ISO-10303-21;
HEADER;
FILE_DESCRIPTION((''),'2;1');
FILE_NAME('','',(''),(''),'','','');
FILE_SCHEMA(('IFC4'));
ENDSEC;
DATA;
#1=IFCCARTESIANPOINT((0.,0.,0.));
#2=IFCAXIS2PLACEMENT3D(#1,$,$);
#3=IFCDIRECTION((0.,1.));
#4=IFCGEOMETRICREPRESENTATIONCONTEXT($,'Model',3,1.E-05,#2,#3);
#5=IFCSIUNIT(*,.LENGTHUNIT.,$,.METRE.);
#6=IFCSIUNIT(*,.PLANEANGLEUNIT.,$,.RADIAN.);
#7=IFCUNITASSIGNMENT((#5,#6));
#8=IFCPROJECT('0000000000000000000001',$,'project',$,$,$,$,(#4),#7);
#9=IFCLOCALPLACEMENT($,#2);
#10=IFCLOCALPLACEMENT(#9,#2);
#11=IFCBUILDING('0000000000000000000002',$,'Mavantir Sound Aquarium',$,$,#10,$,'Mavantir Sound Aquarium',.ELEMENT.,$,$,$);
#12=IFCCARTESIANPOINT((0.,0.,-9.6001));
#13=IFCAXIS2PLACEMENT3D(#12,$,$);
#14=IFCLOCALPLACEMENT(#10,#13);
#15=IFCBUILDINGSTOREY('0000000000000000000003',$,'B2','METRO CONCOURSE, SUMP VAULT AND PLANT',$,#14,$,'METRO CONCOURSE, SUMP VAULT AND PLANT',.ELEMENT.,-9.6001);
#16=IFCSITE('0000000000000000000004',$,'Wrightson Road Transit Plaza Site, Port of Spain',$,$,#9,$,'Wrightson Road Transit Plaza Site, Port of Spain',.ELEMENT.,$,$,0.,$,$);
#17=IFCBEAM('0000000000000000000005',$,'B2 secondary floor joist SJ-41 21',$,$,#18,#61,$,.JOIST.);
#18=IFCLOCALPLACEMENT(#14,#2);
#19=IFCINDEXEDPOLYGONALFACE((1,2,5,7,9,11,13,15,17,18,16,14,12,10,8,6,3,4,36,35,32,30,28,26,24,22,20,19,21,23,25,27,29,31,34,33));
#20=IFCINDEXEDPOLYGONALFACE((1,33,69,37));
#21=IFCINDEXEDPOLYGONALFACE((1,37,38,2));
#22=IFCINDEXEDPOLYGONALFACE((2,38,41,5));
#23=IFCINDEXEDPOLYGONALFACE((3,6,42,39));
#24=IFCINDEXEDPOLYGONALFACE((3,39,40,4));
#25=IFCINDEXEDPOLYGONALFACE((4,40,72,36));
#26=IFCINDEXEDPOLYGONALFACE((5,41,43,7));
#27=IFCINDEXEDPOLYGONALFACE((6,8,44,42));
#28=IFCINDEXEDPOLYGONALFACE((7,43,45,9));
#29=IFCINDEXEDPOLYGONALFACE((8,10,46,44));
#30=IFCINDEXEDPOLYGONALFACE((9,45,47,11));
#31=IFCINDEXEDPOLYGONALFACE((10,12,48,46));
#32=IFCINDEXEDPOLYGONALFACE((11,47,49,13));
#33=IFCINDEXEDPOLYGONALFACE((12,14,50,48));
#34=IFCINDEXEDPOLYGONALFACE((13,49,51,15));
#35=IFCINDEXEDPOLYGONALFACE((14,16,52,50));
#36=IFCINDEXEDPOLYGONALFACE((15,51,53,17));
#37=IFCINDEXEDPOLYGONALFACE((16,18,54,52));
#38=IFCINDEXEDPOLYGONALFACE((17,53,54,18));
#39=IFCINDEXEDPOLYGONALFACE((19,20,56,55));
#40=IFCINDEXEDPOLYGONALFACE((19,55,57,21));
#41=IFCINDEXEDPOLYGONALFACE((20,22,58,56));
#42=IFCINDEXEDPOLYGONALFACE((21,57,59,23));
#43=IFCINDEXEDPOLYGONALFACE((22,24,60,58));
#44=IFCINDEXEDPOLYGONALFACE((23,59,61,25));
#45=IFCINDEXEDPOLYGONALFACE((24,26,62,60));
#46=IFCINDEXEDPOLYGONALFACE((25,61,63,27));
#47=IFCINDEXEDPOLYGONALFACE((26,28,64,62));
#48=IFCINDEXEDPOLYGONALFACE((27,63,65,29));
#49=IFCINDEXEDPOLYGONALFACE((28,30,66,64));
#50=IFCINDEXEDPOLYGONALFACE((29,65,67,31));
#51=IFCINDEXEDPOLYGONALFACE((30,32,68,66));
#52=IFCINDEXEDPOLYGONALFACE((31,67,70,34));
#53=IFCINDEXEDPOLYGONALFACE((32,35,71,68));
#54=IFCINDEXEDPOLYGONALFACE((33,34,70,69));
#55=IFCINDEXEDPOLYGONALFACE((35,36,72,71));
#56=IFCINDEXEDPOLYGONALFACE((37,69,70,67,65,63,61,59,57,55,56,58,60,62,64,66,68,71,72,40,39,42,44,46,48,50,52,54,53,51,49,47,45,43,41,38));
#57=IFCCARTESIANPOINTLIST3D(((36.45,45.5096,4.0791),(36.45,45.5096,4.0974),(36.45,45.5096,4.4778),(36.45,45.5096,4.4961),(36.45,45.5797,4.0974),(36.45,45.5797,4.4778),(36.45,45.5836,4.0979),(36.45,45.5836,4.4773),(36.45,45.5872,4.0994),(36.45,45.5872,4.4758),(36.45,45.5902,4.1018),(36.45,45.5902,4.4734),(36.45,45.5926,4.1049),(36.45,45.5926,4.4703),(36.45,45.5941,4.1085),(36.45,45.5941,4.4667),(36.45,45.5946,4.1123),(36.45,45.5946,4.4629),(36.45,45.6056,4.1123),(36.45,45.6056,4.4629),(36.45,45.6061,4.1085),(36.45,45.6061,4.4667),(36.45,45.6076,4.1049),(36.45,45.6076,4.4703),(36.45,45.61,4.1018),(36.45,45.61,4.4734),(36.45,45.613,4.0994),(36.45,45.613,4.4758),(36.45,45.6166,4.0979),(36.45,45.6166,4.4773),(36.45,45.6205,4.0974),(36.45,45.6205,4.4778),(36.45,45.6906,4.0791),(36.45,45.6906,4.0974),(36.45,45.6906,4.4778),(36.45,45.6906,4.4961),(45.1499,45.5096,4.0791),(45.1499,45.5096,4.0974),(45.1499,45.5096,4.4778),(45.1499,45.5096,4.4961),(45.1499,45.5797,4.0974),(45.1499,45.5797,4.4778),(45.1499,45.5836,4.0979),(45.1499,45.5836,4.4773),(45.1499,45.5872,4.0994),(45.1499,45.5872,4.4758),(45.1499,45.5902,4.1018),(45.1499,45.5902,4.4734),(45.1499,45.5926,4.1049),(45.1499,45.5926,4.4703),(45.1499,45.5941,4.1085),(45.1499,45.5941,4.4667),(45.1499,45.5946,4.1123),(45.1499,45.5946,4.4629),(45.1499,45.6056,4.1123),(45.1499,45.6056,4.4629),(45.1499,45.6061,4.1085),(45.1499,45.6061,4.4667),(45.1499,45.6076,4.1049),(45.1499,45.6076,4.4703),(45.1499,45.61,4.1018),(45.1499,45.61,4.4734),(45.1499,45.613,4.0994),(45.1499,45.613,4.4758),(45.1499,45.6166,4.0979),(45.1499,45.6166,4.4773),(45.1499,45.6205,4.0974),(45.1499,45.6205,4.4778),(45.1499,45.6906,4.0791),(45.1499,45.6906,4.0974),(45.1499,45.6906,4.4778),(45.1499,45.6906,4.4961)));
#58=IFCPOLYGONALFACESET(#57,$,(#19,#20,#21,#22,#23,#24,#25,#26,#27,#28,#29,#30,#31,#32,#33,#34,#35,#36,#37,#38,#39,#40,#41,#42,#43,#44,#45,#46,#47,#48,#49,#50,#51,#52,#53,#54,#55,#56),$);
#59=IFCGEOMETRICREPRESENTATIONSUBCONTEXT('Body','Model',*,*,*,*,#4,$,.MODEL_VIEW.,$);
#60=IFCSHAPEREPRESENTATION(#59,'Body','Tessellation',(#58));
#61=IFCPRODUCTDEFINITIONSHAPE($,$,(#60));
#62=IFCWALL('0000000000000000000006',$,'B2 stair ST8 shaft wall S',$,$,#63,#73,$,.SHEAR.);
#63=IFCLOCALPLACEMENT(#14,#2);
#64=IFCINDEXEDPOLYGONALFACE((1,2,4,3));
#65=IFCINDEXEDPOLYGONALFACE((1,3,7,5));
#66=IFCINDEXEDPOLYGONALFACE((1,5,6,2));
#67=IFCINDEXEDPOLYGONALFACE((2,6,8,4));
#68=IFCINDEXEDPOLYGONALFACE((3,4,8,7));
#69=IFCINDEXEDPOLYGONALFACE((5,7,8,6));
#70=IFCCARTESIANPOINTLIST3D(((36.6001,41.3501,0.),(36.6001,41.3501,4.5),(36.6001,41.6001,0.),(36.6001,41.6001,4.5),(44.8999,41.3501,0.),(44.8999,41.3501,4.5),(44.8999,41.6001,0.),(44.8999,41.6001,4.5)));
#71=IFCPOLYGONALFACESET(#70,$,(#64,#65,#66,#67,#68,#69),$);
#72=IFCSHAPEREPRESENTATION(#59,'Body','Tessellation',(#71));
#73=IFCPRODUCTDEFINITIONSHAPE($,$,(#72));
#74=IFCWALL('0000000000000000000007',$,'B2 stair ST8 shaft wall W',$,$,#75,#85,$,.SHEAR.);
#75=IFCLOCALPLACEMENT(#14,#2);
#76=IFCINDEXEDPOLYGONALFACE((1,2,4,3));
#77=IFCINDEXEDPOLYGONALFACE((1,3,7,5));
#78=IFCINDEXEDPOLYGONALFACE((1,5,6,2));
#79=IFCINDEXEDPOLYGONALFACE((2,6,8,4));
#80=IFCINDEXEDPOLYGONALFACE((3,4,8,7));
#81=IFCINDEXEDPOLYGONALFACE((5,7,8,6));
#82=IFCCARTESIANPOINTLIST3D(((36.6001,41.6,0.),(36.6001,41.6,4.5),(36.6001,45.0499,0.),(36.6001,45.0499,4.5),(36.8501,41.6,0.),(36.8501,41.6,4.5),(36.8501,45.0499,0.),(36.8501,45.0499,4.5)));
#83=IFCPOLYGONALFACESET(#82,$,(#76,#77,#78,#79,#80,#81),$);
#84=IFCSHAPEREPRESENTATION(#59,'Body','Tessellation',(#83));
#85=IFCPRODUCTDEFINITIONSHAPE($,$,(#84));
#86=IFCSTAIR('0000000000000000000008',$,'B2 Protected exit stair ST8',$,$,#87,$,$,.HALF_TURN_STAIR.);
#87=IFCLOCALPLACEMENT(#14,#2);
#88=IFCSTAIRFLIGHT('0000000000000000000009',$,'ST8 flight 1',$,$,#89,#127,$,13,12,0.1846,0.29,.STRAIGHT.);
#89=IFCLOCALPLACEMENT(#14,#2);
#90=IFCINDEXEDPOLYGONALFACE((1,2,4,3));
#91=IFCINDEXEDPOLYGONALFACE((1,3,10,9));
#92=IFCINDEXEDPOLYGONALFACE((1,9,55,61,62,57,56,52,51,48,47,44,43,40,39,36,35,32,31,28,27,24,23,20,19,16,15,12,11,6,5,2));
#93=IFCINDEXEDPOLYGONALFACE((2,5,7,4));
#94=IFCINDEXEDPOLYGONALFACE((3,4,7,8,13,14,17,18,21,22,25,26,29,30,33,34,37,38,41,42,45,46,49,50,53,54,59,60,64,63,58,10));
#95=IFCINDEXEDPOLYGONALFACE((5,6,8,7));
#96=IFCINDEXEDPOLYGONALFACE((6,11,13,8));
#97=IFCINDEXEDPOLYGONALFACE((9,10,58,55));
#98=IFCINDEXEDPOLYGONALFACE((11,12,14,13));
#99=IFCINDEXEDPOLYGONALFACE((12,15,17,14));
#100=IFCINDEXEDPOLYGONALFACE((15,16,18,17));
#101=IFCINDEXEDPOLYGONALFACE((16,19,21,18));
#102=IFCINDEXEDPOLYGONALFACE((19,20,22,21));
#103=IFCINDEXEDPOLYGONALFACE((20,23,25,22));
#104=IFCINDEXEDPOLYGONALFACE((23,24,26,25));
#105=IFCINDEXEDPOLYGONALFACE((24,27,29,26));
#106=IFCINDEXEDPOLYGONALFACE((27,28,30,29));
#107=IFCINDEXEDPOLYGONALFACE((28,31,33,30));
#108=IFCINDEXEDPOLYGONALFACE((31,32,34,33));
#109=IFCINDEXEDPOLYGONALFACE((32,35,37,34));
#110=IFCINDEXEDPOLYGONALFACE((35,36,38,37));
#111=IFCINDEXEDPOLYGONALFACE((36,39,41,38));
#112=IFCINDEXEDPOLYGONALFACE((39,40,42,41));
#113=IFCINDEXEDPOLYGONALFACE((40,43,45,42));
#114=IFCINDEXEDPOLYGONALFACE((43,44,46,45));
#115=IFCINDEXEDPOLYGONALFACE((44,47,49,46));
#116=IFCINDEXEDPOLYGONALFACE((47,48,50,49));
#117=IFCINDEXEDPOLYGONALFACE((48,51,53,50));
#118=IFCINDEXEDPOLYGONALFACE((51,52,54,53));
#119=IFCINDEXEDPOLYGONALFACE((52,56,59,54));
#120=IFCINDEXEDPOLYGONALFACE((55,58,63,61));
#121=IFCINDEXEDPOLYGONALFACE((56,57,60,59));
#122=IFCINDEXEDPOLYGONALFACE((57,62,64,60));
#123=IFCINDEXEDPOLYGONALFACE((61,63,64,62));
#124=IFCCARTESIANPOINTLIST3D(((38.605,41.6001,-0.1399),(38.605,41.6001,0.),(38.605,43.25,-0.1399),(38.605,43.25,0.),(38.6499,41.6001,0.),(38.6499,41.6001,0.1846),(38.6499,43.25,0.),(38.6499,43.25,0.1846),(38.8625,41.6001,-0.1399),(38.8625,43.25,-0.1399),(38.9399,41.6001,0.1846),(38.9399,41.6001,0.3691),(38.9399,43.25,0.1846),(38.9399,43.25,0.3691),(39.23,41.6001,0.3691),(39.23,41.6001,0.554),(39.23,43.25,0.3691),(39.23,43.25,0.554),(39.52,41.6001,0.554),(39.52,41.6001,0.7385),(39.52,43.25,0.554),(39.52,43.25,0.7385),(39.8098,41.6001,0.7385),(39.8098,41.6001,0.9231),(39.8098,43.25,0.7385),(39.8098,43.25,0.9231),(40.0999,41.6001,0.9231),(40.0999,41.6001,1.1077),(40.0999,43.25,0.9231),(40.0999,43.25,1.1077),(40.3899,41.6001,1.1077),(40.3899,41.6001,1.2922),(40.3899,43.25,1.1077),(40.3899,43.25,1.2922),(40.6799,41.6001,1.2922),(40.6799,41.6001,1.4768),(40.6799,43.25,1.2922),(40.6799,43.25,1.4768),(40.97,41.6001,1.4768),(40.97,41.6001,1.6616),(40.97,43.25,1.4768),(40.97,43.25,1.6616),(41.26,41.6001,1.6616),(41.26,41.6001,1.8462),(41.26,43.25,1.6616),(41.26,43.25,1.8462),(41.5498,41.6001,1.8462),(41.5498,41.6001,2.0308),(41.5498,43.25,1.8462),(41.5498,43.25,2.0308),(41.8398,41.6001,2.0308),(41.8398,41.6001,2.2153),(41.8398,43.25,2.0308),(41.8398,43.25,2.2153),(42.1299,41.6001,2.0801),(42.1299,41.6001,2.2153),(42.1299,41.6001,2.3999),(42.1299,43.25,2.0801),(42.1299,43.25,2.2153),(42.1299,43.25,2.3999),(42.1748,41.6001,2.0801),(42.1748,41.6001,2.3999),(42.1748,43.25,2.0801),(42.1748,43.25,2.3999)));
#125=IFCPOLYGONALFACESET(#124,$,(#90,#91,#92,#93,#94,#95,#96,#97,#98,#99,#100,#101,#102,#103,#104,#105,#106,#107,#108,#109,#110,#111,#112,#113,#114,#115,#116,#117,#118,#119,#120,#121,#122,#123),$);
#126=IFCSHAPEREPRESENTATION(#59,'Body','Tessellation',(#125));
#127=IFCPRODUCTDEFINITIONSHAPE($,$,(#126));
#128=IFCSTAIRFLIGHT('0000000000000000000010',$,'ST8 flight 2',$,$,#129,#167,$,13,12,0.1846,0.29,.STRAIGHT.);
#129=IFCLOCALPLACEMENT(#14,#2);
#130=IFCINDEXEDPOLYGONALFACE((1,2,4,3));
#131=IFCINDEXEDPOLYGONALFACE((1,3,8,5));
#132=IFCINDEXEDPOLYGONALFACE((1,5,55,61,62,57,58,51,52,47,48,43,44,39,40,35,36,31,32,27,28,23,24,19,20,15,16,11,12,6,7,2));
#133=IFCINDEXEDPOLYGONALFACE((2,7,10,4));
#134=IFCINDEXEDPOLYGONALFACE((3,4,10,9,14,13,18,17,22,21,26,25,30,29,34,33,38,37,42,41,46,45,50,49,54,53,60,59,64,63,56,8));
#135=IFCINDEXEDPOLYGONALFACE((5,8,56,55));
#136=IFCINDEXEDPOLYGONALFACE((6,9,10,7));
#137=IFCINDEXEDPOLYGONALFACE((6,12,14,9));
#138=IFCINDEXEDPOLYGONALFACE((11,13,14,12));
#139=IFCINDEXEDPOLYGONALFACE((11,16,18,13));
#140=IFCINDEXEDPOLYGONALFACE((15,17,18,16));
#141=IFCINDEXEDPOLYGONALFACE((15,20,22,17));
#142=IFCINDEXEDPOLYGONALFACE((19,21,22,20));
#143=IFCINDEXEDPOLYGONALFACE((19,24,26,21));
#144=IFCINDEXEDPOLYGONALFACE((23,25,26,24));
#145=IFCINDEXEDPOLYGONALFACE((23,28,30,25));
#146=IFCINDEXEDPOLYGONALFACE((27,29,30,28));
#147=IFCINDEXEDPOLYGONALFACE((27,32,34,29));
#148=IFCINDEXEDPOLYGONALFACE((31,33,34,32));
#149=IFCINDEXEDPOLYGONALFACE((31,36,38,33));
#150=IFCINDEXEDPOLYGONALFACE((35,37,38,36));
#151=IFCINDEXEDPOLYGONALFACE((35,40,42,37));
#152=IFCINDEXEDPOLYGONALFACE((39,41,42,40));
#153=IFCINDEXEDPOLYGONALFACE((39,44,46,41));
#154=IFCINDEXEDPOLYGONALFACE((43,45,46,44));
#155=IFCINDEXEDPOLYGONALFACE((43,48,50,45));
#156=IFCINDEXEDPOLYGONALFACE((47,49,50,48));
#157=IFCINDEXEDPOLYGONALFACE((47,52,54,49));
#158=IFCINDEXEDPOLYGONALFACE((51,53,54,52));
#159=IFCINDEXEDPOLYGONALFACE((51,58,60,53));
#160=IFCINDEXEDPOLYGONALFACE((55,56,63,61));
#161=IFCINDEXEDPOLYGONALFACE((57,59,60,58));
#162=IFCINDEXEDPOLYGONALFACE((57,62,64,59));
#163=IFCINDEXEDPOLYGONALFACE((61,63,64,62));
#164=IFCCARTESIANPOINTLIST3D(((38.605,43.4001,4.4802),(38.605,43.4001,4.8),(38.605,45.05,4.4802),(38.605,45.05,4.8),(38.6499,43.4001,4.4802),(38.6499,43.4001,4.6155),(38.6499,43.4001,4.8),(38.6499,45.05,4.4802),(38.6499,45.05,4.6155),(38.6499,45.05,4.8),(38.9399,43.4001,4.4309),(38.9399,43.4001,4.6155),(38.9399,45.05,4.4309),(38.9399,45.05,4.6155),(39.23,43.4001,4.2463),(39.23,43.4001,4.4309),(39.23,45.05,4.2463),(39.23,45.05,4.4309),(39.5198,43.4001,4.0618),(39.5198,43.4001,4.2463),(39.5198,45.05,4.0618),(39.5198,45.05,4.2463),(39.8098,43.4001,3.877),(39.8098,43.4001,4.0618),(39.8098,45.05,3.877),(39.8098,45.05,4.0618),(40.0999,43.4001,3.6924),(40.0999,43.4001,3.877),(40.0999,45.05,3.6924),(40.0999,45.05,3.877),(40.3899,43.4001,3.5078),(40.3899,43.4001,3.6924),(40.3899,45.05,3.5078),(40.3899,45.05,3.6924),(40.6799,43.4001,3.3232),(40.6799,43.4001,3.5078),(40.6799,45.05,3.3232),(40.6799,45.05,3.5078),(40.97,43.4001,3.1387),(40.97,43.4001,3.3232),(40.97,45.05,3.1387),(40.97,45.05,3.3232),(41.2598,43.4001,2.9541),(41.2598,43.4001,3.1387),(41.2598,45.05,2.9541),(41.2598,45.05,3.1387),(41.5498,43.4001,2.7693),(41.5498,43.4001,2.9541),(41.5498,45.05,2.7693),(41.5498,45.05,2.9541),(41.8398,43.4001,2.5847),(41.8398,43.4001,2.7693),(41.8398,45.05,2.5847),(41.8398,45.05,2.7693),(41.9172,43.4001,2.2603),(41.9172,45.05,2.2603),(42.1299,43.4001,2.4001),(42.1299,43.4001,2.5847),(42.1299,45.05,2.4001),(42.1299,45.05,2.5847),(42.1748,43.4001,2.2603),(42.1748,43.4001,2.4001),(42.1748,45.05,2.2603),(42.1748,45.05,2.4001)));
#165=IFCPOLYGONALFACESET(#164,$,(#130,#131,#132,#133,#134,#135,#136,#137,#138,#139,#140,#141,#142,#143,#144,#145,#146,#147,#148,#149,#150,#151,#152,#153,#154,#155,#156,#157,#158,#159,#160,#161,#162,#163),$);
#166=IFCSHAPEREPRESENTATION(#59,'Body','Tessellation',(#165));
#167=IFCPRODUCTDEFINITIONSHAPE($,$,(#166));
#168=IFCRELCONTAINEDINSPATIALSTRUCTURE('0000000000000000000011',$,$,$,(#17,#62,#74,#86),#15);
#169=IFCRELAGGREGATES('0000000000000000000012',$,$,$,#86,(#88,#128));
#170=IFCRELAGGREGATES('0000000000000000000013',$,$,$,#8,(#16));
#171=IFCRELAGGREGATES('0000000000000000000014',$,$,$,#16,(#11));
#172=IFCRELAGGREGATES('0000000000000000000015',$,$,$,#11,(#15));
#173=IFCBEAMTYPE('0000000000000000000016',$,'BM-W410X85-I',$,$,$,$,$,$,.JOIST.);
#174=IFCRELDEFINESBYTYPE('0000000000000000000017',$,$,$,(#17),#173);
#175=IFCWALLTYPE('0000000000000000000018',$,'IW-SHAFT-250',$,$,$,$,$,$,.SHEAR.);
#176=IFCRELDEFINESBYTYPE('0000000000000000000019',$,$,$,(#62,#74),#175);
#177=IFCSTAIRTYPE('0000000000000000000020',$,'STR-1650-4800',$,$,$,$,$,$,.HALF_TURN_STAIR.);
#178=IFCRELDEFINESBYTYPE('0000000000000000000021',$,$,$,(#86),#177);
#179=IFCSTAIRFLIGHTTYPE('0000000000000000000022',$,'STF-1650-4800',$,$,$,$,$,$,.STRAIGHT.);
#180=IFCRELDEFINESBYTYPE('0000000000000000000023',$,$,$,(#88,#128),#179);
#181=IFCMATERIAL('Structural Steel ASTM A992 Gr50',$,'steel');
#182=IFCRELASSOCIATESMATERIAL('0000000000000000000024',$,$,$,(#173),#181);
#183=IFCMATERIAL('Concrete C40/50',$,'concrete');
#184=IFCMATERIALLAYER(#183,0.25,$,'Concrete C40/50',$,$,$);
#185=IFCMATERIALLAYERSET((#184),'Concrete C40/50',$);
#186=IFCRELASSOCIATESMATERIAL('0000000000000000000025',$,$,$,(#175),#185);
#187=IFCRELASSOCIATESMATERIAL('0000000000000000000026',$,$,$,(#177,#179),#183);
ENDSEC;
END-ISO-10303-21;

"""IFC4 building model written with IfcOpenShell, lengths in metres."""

from ifc_helpers import new_model, si_unit, direction, frame, frame_2d, origin, origin_2d, place, context, subcontext, project, spatial, polyline, rectangle, i_section, outline, extrude, material, layer, layer_set, material_profile, profile_set, type_object, element, aggregate, save


model = new_model("IFC4")

# Units and contexts
model_context = context("Model", 3, precision=1e-05, world=origin(), true_north=direction((0.0, 1.0)))
body_context = subcontext(model_context, "Body", "Model", "MODEL_VIEW")
ifc_project = project(units=[si_unit("LENGTHUNIT", "METRE"), si_unit("PLANEANGLEUNIT", "RADIAN")], contexts=[model_context])

# Site, building, storey
site_placement = place(None, origin())
site = spatial("IfcSite", under=ifc_project, at=site_placement, Name="Wrightson Road Transit Plaza Site, Port of Spain", LongName="Wrightson Road Transit Plaza Site, Port of Spain", CompositionType="ELEMENT", RefElevation=0.0)
building_placement = place(site_placement, origin())
building = spatial("IfcBuilding", under=site, at=building_placement, Name="Mavantir Sound Aquarium", LongName="Mavantir Sound Aquarium", CompositionType="ELEMENT")
storey_placement = place(building_placement, frame((0.0, 0.0, -9.6001)))
storey = spatial("IfcBuildingStorey", under=building, at=storey_placement, Name="B2", Description="METRO CONCOURSE, SUMP VAULT AND PLANT", LongName="METRO CONCOURSE, SUMP VAULT AND PLANT", CompositionType="ELEMENT", Elevation=-9.6001)

# Shared definitions
ifc_material_1 = material(Name="Concrete C40/50", Category="concrete")

# Beam
ifc_material_2 = material(Name="Structural Steel ASTM A992 Gr50", Category="steel")
ifc_material_profile_1 = material_profile(ifc_material_2, i_section(OverallWidth=0.1809, OverallDepth=0.417, WebThickness=0.011, FlangeThickness=0.0183, FilletRadius=0.0149, at=origin_2d()), Name="W410X85")
ifc_profile_set_1 = profile_set([ifc_material_profile_1], Name="Structural Steel ASTM A992 Gr50")
beam_type_1 = type_object("IfcBeamType", Name="BM-W410X85-I", PredefinedType="JOIST", material=ifc_profile_set_1)
beam_1_placement = place(storey_placement, frame((36.45, 45.6001, 4.2876), z_axis=(1.0, 0.0, 0.0), x_axis=(0.0, 1.0, 0.0)))
element("IfcBeam", 1, at=beam_1_placement, inside=storey, type_object=beam_type_1, Name="B2 secondary floor joist SJ-41 21", PredefinedType="JOIST", context=body_context, shape_type="SweptSolid", body=[
    extrude(i_section(OverallWidth=0.1809, OverallDepth=0.417, WebThickness=0.011, FlangeThickness=0.0183, FilletRadius=0.0149, at=origin_2d()), origin(), (0.0, 0.0, 1.0), 8.7),
])

# Walls
ifc_layer = layer(ifc_material_1, 0.25, Name="Concrete C40/50")
ifc_layer_set = layer_set([ifc_layer], Name="Concrete C40/50")
wall_type = type_object("IfcWallType", Name="IW-SHAFT-250", PredefinedType="SHEAR", material=ifc_layer_set)
wall_1_placement = place(storey_placement, frame((36.6001, 41.4751, 0.0), z_axis=(0.0, 0.0, 1.0), x_axis=(1.0, 0.0, 0.0)))
element("IfcWall", 2, at=wall_1_placement, inside=storey, type_object=wall_type, Name="B2 stair ST8 shaft wall S", PredefinedType="SHEAR", context=body_context, shape_type="SweptSolid", body=[
    extrude(rectangle(XDim=8.2998, YDim=0.25, at=frame_2d((4.1499, 0.0))), origin(), (0.0, 0.0, 1.0), 4.5),
])
wall_2_placement = place(storey_placement, frame((36.7251, 45.05, 0.0), z_axis=(0.0, 0.0, 1.0), x_axis=(0.0, -1.0, 0.0)))
element("IfcWall", 3, at=wall_2_placement, inside=storey, type_object=wall_type, Name="B2 stair ST8 shaft wall W", PredefinedType="SHEAR", context=body_context, shape_type="SweptSolid", body=[
    extrude(rectangle(XDim=3.45, YDim=0.25, at=frame_2d((1.7251, 0.0))), origin(), (0.0, 0.0, 1.0), 4.5),
])

# Stair, stair flights
stair_type = type_object("IfcStairType", Name="STR-1650-4800", PredefinedType="HALF_TURN_STAIR", material=ifc_material_1)
stair_placement = place(storey_placement, origin())
stair = element("IfcStair", 4, at=stair_placement, inside=storey, type_object=stair_type, Name="B2 Protected exit stair ST8", PredefinedType="HALF_TURN_STAIR")
stair_flight_type = type_object("IfcStairFlightType", Name="STF-1650-4800", PredefinedType="STRAIGHT", material=ifc_material_1)
stair_flight_1_placement = place(storey_placement, frame((38.6499, 42.425, 0.0), z_axis=(0.0, 0.0, 1.0), x_axis=(1.0, 0.0, 0.0)))
stair_flight_1 = element("IfcStairFlight", 5, at=stair_flight_1_placement, type_object=stair_flight_type, Name="ST8 flight 1", NumberOfRisers=13, NumberOfTreads=12, PredefinedType="STRAIGHT", RiserHeight=0.1846, TreadLength=0.29, context=body_context, shape_type="SweptSolid", body=[
    extrude(outline(polyline([(-0.0449, -0.1399), (-0.0449, 0.0), (0.0, 0.0), (0.0, 0.1846), (0.29, 0.1846), (0.29, 0.3691), (0.5801, 0.3691), (0.5801, 0.554), (0.8701, 0.554), (0.8701, 0.7385), (1.1599, 0.7385), (1.1599, 0.9231), (1.45, 0.9231), (1.45, 1.1077), (1.74, 1.1077), (1.74, 1.2922), (2.03, 1.2922), (2.03, 1.4768), (2.3201, 1.4768), (2.3201, 1.6616), (2.6101, 1.6616), (2.6101, 1.8462), (2.8999, 1.8462), (2.8999, 2.0308), (3.1899, 2.0308), (3.1899, 2.2153), (3.48, 2.2153), (3.48, 2.3999), (3.5249, 2.3999), (3.5249, 2.0801), (3.48, 2.0801), (0.2126, -0.1399), (-0.0449, -0.1399)])), frame((0.0, 0.825, 0.0), z_axis=(0.0, -1.0, 0.0), x_axis=(1.0, 0.0, 0.0)), (0.0, 0.0, 1.0), 1.6499),
])
stair_flight_2_placement = place(storey_placement, frame((42.1299, 44.2251, 2.4001), z_axis=(0.0, 0.0, 1.0), x_axis=(-1.0, 0.0, 0.0)))
stair_flight_2 = element("IfcStairFlight", 6, at=stair_flight_2_placement, type_object=stair_flight_type, Name="ST8 flight 2", NumberOfRisers=13, NumberOfTreads=12, PredefinedType="STRAIGHT", RiserHeight=0.1846, TreadLength=0.29, context=body_context, shape_type="SweptSolid", body=[
    extrude(outline(polyline([(-0.0449, -0.1399), (-0.0449, 0.0), (0.0, 0.0), (0.0, 0.1846), (0.29, 0.1846), (0.29, 0.3691), (0.5801, 0.3691), (0.5801, 0.554), (0.8701, 0.554), (0.8701, 0.7385), (1.1599, 0.7385), (1.1599, 0.9231), (1.45, 0.9231), (1.45, 1.1077), (1.74, 1.1077), (1.74, 1.2922), (2.03, 1.2922), (2.03, 1.4768), (2.3201, 1.4768), (2.3201, 1.6616), (2.6101, 1.6616), (2.6101, 1.8462), (2.8999, 1.8462), (2.8999, 2.0308), (3.1899, 2.0308), (3.1899, 2.2153), (3.48, 2.2153), (3.48, 2.3999), (3.5249, 2.3999), (3.5249, 2.0801), (3.48, 2.0801), (0.2126, -0.1399), (-0.0449, -0.1399)])), frame((0.0, 0.825, 0.0), z_axis=(0.0, -1.0, 0.0), x_axis=(1.0, 0.0, 0.0)), (0.0, 0.0, 1.0), 1.6499),
])
aggregate(stair, [stair_flight_1, stair_flight_2])

save(model, "model.ifc")
